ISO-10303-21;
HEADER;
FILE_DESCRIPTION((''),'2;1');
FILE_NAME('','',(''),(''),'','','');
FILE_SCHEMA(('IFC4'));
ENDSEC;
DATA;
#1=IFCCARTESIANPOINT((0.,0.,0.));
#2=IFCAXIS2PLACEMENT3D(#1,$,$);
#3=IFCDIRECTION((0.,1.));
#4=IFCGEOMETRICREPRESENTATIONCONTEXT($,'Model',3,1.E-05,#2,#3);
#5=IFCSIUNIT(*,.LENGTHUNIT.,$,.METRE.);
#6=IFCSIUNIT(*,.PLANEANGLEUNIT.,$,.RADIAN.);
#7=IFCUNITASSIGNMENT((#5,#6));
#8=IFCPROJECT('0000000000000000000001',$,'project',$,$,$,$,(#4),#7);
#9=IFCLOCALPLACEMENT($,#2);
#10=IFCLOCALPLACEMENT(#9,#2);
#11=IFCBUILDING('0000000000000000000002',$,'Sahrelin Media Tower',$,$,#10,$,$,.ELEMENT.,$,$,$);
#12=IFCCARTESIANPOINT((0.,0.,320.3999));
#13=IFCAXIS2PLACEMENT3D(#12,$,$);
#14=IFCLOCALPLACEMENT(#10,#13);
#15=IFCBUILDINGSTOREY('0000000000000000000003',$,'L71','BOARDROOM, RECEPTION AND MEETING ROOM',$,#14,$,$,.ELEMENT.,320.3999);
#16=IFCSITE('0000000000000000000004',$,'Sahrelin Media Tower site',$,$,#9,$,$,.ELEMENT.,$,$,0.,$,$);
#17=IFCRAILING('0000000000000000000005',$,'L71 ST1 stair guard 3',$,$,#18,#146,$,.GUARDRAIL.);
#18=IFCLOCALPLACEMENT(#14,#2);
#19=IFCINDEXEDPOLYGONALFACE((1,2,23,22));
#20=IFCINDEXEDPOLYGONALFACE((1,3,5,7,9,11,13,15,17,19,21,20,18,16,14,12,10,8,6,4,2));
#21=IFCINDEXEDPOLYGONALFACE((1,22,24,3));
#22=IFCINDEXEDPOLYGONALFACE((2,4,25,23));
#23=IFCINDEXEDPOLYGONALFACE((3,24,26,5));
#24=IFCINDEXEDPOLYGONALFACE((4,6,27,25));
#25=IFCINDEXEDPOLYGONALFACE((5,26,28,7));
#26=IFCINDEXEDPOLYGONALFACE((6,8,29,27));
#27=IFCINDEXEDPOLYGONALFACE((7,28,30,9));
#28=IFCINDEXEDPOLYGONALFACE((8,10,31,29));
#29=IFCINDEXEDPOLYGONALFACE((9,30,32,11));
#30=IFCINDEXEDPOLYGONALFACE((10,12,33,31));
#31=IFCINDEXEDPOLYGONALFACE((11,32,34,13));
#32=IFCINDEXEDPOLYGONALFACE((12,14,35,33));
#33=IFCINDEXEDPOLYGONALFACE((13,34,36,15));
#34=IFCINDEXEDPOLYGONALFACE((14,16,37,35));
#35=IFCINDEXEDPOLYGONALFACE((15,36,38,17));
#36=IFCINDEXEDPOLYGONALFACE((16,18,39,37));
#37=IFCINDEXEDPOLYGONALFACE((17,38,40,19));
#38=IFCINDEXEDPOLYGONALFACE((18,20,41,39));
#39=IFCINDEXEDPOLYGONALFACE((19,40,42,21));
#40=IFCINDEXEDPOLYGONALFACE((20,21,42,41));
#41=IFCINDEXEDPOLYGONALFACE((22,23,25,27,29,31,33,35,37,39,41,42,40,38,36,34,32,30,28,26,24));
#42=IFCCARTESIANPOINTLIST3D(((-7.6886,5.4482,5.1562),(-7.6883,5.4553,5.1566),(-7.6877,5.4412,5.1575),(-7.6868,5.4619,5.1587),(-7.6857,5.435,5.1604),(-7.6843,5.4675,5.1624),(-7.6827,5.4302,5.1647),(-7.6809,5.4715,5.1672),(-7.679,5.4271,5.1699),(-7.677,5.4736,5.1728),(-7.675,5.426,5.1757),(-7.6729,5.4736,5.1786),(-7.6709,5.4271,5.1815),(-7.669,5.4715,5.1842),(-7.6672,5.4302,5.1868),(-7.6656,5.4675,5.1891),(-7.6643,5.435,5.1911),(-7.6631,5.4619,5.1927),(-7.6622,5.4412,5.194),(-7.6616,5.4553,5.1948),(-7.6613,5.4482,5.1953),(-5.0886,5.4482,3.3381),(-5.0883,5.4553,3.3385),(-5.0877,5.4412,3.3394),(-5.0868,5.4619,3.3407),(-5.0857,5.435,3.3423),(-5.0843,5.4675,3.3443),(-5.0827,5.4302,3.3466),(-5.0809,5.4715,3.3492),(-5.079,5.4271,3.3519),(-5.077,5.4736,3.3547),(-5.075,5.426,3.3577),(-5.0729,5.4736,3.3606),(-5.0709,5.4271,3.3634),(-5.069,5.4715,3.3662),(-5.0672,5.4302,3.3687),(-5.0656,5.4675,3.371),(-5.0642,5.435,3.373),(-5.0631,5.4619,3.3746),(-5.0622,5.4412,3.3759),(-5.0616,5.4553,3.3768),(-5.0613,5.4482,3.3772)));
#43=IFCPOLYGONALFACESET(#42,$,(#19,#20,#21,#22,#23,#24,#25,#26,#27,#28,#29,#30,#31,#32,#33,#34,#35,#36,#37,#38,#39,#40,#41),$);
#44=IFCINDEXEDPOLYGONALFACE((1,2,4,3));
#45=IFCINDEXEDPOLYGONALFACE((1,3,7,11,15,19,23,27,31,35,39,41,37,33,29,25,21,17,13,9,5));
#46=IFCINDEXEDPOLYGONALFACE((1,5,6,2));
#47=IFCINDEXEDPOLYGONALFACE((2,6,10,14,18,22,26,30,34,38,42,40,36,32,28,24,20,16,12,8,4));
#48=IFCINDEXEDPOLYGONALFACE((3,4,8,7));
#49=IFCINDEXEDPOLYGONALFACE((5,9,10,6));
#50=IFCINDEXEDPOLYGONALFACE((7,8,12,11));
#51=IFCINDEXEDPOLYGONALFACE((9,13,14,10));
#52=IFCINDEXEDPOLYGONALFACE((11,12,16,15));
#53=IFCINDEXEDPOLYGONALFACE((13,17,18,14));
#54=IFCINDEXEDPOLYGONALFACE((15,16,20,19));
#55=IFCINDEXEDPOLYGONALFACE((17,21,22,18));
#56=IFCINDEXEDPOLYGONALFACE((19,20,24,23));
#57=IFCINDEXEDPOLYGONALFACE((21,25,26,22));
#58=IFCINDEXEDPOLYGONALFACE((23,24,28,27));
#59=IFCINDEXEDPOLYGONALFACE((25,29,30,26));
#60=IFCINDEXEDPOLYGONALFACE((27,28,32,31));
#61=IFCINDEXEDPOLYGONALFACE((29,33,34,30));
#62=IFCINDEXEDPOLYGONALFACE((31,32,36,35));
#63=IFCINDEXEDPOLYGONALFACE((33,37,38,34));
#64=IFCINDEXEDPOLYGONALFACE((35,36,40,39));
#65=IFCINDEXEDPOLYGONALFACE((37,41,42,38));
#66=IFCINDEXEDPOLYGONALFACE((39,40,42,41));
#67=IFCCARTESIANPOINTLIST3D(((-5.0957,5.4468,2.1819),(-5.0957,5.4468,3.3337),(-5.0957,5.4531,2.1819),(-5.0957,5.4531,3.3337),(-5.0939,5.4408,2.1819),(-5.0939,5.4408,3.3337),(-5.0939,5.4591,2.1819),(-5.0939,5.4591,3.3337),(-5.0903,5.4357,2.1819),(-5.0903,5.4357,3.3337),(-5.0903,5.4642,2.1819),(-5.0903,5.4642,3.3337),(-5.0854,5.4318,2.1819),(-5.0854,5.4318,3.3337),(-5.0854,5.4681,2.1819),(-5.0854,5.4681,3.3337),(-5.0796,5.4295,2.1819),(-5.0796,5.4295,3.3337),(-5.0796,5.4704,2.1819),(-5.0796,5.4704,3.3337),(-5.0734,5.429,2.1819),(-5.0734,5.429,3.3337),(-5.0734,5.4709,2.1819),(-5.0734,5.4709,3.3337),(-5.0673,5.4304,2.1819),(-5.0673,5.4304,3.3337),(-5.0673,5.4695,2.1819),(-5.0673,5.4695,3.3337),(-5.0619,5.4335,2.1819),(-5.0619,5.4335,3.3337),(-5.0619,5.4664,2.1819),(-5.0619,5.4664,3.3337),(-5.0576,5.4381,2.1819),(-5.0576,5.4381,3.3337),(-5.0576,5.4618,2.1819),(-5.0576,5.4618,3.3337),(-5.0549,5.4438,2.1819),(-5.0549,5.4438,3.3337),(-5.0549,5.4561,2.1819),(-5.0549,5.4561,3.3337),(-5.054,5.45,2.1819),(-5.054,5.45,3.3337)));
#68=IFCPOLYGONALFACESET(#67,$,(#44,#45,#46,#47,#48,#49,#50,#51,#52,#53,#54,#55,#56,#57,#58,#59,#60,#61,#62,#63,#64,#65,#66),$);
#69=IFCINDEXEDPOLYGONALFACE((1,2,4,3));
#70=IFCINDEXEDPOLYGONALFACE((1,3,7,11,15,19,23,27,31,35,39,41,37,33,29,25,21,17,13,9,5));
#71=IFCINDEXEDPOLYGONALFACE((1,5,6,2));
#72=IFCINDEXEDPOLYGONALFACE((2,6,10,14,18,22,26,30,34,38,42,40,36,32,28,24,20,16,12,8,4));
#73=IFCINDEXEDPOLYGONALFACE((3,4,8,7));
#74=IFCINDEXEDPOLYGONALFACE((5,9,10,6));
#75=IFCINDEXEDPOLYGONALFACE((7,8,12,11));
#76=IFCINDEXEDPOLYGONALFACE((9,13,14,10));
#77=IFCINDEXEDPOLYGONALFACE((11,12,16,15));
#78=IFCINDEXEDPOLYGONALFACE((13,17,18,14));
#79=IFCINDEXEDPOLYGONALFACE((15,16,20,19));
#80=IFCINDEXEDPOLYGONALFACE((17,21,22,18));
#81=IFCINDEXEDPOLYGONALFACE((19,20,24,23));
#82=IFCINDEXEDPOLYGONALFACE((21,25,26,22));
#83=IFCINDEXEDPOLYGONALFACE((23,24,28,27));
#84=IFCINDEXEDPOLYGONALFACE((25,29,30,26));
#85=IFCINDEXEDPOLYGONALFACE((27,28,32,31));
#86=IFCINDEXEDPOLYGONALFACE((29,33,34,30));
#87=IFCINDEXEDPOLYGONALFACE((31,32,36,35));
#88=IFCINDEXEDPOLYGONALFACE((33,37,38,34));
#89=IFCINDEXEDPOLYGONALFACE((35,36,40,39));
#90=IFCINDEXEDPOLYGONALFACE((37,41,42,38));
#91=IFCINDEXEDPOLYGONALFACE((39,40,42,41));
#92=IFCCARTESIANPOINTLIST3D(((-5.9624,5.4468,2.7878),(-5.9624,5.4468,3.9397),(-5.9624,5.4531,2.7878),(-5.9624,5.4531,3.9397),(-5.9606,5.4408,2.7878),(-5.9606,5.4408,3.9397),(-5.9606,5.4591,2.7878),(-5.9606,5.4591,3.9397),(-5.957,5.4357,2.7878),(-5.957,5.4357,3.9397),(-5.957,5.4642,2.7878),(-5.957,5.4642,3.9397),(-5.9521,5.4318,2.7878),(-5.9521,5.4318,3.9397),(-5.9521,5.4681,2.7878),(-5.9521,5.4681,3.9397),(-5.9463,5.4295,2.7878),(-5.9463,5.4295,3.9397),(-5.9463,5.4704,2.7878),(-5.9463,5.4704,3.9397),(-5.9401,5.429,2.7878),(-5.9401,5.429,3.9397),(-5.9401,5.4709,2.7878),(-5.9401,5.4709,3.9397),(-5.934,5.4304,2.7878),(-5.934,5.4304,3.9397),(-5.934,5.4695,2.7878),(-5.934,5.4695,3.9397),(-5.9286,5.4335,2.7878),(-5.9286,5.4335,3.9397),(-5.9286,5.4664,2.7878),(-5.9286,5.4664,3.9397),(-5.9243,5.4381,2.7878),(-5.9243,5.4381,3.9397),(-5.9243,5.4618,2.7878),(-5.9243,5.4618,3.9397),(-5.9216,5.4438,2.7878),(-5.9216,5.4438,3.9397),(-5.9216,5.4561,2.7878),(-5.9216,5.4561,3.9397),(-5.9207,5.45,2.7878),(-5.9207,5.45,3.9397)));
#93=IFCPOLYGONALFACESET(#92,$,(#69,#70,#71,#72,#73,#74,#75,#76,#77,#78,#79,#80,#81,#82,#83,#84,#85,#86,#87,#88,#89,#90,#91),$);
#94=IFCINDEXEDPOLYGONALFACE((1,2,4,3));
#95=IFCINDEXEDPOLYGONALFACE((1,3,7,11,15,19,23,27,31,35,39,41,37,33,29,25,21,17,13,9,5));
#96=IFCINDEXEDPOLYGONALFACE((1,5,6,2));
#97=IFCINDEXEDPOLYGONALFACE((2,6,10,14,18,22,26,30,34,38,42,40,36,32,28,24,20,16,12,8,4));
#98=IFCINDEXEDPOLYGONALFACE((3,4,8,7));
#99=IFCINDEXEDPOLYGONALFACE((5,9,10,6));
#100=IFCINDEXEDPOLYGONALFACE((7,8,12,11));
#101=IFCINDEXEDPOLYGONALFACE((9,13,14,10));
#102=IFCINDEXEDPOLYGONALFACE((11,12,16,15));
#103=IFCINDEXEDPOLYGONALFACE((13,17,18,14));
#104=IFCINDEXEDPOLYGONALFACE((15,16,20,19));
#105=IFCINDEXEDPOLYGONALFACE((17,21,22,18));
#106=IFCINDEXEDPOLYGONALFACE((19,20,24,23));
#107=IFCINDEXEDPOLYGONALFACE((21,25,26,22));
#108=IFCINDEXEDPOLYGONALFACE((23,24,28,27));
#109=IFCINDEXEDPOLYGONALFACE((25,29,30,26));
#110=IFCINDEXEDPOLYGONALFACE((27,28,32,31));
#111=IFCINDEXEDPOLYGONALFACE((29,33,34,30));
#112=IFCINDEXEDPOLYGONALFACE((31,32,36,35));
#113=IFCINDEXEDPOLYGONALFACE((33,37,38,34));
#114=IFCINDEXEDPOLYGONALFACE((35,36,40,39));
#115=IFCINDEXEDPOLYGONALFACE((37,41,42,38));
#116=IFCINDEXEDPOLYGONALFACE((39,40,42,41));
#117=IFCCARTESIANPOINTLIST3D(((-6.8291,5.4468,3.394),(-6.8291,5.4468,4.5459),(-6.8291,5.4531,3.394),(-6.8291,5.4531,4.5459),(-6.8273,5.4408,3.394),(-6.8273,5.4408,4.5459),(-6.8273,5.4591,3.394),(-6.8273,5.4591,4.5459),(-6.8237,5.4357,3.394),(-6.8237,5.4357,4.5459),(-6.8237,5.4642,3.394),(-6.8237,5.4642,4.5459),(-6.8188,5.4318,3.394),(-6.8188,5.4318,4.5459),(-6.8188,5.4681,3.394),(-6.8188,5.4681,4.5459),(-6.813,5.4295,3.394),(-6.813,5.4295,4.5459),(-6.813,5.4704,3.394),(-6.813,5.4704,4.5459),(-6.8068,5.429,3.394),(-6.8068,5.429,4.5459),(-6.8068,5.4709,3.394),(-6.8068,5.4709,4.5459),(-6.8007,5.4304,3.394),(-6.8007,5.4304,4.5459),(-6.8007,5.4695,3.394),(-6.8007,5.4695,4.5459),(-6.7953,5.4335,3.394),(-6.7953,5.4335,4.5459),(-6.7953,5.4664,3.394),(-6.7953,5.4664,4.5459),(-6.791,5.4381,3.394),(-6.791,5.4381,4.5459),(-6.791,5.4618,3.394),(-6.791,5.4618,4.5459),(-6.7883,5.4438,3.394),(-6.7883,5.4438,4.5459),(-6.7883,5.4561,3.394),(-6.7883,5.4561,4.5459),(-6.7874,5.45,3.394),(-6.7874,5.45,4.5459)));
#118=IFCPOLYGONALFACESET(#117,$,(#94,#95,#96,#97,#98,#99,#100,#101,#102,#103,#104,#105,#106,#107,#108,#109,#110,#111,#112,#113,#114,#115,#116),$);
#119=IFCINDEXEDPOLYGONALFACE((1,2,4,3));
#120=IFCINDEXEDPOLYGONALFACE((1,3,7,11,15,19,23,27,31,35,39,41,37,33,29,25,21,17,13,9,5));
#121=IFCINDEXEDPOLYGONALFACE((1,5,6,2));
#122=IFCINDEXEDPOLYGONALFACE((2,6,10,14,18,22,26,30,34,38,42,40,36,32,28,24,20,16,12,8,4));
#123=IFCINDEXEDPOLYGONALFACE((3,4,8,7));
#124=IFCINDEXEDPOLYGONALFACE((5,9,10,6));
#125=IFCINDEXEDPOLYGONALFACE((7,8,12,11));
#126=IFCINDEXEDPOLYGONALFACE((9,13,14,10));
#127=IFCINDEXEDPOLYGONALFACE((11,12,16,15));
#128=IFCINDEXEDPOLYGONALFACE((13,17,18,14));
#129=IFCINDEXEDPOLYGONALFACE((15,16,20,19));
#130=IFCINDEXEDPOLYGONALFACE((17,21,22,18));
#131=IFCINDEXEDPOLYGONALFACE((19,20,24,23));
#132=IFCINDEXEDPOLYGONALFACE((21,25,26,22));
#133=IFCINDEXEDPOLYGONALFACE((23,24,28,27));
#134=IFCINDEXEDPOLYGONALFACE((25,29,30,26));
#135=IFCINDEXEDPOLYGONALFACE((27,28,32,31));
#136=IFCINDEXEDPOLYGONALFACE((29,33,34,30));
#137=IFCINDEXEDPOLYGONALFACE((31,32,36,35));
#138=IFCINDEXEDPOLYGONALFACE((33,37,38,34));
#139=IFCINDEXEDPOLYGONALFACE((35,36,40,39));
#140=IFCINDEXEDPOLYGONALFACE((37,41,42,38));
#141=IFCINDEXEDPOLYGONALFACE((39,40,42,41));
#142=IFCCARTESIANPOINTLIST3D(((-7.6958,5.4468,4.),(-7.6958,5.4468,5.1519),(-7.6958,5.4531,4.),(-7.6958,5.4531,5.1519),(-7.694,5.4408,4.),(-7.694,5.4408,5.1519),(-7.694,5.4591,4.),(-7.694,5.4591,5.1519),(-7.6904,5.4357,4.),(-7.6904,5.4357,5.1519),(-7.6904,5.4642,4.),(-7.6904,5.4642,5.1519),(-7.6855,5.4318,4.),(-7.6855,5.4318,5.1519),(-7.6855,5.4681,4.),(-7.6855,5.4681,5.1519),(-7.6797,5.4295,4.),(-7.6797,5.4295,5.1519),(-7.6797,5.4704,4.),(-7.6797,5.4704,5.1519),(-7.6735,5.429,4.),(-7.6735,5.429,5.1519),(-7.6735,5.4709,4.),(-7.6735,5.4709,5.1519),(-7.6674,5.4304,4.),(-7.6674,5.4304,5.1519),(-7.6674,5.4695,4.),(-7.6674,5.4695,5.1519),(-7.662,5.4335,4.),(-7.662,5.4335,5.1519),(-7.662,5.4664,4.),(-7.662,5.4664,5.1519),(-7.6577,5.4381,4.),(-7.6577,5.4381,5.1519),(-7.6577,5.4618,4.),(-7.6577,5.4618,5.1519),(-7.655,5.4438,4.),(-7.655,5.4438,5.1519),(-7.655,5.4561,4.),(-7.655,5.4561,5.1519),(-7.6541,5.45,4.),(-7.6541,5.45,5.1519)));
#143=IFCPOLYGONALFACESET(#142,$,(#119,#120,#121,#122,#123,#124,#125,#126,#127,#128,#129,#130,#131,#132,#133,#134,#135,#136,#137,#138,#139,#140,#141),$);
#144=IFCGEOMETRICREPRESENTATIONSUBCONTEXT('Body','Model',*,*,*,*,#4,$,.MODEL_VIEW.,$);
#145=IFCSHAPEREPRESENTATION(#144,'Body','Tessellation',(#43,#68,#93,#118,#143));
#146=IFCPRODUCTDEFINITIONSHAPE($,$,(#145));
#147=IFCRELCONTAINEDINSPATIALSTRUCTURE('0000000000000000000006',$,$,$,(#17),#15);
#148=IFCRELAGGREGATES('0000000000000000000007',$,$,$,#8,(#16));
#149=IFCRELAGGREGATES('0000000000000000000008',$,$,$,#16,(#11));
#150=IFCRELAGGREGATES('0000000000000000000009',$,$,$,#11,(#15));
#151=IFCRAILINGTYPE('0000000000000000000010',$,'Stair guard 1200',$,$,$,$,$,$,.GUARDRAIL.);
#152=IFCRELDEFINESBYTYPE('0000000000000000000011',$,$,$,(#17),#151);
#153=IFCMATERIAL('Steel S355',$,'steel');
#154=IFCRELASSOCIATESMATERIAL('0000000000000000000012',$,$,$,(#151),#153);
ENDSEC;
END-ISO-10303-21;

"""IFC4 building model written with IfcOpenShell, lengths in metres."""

from ifc_helpers import new_model, si_unit, direction, frame, origin, origin_2d, place, context, subcontext, project, spatial, circle, extrude, material, type_object, element, save


model = new_model("IFC4")

# Units and contexts
model_context = context("Model", 3, precision=1e-05, world=origin(), true_north=direction((0.0, 1.0)))
body_context = subcontext(model_context, "Body", "Model", "MODEL_VIEW")
ifc_project = project(units=[si_unit("LENGTHUNIT", "METRE"), si_unit("PLANEANGLEUNIT", "RADIAN")], contexts=[model_context])

# Site, building, storey
site_placement = place(None, origin())
site = spatial("IfcSite", under=ifc_project, at=site_placement, Name="Sahrelin Media Tower site", CompositionType="ELEMENT", RefElevation=0.0)
building_placement = place(site_placement, origin())
building = spatial("IfcBuilding", under=site, at=building_placement, Name="Sahrelin Media Tower", CompositionType="ELEMENT")
storey_placement = place(building_placement, frame((0.0, 0.0, 320.3999)))
storey = spatial("IfcBuildingStorey", under=building, at=storey_placement, Name="L71", Description="BOARDROOM, RECEPTION AND MEETING ROOM", CompositionType="ELEMENT", Elevation=320.3999)

# Shared definitions
ifc_material_1 = material(Name="Steel S355", Category="steel")

# Railing
railing_type_1 = type_object("IfcRailingType", Name="Stair guard 1200", PredefinedType="GUARDRAIL", material=ifc_material_1)
railing_1_placement = place(storey_placement, frame((-5.075, 5.45, 2.1819)))
element("IfcRailing", 1, at=railing_1_placement, inside=storey, type_object=railing_type_1, Name="L71 ST1 stair guard 3", PredefinedType="GUARDRAIL", context=body_context, shape_type="SweptSolid", body=[
    extrude(circle(Radius=0.0239, at=origin_2d()), frame((0.0, 0.0, 1.1758), z_axis=(-0.819521, 0.0, 0.573049), x_axis=(0.0, -1.0, 0.0)), (0.0, 0.0, 1.0), 3.1726),
    extrude(circle(Radius=0.021, at=origin_2d()), origin(), (0.0, 0.0, 1.0), 1.1519),
    extrude(circle(Radius=0.021, at=origin_2d()), frame((-0.8667, 0.0, 0.606)), (0.0, 0.0, 1.0), 1.1519),
    extrude(circle(Radius=0.021, at=origin_2d()), frame((-1.7334, 0.0, 1.2122)), (0.0, 0.0, 1.0), 1.1519),
    extrude(circle(Radius=0.021, at=origin_2d()), frame((-2.6001, 0.0, 1.8181)), (0.0, 0.0, 1.0), 1.1519),
])

save(model, "model.ifc")
